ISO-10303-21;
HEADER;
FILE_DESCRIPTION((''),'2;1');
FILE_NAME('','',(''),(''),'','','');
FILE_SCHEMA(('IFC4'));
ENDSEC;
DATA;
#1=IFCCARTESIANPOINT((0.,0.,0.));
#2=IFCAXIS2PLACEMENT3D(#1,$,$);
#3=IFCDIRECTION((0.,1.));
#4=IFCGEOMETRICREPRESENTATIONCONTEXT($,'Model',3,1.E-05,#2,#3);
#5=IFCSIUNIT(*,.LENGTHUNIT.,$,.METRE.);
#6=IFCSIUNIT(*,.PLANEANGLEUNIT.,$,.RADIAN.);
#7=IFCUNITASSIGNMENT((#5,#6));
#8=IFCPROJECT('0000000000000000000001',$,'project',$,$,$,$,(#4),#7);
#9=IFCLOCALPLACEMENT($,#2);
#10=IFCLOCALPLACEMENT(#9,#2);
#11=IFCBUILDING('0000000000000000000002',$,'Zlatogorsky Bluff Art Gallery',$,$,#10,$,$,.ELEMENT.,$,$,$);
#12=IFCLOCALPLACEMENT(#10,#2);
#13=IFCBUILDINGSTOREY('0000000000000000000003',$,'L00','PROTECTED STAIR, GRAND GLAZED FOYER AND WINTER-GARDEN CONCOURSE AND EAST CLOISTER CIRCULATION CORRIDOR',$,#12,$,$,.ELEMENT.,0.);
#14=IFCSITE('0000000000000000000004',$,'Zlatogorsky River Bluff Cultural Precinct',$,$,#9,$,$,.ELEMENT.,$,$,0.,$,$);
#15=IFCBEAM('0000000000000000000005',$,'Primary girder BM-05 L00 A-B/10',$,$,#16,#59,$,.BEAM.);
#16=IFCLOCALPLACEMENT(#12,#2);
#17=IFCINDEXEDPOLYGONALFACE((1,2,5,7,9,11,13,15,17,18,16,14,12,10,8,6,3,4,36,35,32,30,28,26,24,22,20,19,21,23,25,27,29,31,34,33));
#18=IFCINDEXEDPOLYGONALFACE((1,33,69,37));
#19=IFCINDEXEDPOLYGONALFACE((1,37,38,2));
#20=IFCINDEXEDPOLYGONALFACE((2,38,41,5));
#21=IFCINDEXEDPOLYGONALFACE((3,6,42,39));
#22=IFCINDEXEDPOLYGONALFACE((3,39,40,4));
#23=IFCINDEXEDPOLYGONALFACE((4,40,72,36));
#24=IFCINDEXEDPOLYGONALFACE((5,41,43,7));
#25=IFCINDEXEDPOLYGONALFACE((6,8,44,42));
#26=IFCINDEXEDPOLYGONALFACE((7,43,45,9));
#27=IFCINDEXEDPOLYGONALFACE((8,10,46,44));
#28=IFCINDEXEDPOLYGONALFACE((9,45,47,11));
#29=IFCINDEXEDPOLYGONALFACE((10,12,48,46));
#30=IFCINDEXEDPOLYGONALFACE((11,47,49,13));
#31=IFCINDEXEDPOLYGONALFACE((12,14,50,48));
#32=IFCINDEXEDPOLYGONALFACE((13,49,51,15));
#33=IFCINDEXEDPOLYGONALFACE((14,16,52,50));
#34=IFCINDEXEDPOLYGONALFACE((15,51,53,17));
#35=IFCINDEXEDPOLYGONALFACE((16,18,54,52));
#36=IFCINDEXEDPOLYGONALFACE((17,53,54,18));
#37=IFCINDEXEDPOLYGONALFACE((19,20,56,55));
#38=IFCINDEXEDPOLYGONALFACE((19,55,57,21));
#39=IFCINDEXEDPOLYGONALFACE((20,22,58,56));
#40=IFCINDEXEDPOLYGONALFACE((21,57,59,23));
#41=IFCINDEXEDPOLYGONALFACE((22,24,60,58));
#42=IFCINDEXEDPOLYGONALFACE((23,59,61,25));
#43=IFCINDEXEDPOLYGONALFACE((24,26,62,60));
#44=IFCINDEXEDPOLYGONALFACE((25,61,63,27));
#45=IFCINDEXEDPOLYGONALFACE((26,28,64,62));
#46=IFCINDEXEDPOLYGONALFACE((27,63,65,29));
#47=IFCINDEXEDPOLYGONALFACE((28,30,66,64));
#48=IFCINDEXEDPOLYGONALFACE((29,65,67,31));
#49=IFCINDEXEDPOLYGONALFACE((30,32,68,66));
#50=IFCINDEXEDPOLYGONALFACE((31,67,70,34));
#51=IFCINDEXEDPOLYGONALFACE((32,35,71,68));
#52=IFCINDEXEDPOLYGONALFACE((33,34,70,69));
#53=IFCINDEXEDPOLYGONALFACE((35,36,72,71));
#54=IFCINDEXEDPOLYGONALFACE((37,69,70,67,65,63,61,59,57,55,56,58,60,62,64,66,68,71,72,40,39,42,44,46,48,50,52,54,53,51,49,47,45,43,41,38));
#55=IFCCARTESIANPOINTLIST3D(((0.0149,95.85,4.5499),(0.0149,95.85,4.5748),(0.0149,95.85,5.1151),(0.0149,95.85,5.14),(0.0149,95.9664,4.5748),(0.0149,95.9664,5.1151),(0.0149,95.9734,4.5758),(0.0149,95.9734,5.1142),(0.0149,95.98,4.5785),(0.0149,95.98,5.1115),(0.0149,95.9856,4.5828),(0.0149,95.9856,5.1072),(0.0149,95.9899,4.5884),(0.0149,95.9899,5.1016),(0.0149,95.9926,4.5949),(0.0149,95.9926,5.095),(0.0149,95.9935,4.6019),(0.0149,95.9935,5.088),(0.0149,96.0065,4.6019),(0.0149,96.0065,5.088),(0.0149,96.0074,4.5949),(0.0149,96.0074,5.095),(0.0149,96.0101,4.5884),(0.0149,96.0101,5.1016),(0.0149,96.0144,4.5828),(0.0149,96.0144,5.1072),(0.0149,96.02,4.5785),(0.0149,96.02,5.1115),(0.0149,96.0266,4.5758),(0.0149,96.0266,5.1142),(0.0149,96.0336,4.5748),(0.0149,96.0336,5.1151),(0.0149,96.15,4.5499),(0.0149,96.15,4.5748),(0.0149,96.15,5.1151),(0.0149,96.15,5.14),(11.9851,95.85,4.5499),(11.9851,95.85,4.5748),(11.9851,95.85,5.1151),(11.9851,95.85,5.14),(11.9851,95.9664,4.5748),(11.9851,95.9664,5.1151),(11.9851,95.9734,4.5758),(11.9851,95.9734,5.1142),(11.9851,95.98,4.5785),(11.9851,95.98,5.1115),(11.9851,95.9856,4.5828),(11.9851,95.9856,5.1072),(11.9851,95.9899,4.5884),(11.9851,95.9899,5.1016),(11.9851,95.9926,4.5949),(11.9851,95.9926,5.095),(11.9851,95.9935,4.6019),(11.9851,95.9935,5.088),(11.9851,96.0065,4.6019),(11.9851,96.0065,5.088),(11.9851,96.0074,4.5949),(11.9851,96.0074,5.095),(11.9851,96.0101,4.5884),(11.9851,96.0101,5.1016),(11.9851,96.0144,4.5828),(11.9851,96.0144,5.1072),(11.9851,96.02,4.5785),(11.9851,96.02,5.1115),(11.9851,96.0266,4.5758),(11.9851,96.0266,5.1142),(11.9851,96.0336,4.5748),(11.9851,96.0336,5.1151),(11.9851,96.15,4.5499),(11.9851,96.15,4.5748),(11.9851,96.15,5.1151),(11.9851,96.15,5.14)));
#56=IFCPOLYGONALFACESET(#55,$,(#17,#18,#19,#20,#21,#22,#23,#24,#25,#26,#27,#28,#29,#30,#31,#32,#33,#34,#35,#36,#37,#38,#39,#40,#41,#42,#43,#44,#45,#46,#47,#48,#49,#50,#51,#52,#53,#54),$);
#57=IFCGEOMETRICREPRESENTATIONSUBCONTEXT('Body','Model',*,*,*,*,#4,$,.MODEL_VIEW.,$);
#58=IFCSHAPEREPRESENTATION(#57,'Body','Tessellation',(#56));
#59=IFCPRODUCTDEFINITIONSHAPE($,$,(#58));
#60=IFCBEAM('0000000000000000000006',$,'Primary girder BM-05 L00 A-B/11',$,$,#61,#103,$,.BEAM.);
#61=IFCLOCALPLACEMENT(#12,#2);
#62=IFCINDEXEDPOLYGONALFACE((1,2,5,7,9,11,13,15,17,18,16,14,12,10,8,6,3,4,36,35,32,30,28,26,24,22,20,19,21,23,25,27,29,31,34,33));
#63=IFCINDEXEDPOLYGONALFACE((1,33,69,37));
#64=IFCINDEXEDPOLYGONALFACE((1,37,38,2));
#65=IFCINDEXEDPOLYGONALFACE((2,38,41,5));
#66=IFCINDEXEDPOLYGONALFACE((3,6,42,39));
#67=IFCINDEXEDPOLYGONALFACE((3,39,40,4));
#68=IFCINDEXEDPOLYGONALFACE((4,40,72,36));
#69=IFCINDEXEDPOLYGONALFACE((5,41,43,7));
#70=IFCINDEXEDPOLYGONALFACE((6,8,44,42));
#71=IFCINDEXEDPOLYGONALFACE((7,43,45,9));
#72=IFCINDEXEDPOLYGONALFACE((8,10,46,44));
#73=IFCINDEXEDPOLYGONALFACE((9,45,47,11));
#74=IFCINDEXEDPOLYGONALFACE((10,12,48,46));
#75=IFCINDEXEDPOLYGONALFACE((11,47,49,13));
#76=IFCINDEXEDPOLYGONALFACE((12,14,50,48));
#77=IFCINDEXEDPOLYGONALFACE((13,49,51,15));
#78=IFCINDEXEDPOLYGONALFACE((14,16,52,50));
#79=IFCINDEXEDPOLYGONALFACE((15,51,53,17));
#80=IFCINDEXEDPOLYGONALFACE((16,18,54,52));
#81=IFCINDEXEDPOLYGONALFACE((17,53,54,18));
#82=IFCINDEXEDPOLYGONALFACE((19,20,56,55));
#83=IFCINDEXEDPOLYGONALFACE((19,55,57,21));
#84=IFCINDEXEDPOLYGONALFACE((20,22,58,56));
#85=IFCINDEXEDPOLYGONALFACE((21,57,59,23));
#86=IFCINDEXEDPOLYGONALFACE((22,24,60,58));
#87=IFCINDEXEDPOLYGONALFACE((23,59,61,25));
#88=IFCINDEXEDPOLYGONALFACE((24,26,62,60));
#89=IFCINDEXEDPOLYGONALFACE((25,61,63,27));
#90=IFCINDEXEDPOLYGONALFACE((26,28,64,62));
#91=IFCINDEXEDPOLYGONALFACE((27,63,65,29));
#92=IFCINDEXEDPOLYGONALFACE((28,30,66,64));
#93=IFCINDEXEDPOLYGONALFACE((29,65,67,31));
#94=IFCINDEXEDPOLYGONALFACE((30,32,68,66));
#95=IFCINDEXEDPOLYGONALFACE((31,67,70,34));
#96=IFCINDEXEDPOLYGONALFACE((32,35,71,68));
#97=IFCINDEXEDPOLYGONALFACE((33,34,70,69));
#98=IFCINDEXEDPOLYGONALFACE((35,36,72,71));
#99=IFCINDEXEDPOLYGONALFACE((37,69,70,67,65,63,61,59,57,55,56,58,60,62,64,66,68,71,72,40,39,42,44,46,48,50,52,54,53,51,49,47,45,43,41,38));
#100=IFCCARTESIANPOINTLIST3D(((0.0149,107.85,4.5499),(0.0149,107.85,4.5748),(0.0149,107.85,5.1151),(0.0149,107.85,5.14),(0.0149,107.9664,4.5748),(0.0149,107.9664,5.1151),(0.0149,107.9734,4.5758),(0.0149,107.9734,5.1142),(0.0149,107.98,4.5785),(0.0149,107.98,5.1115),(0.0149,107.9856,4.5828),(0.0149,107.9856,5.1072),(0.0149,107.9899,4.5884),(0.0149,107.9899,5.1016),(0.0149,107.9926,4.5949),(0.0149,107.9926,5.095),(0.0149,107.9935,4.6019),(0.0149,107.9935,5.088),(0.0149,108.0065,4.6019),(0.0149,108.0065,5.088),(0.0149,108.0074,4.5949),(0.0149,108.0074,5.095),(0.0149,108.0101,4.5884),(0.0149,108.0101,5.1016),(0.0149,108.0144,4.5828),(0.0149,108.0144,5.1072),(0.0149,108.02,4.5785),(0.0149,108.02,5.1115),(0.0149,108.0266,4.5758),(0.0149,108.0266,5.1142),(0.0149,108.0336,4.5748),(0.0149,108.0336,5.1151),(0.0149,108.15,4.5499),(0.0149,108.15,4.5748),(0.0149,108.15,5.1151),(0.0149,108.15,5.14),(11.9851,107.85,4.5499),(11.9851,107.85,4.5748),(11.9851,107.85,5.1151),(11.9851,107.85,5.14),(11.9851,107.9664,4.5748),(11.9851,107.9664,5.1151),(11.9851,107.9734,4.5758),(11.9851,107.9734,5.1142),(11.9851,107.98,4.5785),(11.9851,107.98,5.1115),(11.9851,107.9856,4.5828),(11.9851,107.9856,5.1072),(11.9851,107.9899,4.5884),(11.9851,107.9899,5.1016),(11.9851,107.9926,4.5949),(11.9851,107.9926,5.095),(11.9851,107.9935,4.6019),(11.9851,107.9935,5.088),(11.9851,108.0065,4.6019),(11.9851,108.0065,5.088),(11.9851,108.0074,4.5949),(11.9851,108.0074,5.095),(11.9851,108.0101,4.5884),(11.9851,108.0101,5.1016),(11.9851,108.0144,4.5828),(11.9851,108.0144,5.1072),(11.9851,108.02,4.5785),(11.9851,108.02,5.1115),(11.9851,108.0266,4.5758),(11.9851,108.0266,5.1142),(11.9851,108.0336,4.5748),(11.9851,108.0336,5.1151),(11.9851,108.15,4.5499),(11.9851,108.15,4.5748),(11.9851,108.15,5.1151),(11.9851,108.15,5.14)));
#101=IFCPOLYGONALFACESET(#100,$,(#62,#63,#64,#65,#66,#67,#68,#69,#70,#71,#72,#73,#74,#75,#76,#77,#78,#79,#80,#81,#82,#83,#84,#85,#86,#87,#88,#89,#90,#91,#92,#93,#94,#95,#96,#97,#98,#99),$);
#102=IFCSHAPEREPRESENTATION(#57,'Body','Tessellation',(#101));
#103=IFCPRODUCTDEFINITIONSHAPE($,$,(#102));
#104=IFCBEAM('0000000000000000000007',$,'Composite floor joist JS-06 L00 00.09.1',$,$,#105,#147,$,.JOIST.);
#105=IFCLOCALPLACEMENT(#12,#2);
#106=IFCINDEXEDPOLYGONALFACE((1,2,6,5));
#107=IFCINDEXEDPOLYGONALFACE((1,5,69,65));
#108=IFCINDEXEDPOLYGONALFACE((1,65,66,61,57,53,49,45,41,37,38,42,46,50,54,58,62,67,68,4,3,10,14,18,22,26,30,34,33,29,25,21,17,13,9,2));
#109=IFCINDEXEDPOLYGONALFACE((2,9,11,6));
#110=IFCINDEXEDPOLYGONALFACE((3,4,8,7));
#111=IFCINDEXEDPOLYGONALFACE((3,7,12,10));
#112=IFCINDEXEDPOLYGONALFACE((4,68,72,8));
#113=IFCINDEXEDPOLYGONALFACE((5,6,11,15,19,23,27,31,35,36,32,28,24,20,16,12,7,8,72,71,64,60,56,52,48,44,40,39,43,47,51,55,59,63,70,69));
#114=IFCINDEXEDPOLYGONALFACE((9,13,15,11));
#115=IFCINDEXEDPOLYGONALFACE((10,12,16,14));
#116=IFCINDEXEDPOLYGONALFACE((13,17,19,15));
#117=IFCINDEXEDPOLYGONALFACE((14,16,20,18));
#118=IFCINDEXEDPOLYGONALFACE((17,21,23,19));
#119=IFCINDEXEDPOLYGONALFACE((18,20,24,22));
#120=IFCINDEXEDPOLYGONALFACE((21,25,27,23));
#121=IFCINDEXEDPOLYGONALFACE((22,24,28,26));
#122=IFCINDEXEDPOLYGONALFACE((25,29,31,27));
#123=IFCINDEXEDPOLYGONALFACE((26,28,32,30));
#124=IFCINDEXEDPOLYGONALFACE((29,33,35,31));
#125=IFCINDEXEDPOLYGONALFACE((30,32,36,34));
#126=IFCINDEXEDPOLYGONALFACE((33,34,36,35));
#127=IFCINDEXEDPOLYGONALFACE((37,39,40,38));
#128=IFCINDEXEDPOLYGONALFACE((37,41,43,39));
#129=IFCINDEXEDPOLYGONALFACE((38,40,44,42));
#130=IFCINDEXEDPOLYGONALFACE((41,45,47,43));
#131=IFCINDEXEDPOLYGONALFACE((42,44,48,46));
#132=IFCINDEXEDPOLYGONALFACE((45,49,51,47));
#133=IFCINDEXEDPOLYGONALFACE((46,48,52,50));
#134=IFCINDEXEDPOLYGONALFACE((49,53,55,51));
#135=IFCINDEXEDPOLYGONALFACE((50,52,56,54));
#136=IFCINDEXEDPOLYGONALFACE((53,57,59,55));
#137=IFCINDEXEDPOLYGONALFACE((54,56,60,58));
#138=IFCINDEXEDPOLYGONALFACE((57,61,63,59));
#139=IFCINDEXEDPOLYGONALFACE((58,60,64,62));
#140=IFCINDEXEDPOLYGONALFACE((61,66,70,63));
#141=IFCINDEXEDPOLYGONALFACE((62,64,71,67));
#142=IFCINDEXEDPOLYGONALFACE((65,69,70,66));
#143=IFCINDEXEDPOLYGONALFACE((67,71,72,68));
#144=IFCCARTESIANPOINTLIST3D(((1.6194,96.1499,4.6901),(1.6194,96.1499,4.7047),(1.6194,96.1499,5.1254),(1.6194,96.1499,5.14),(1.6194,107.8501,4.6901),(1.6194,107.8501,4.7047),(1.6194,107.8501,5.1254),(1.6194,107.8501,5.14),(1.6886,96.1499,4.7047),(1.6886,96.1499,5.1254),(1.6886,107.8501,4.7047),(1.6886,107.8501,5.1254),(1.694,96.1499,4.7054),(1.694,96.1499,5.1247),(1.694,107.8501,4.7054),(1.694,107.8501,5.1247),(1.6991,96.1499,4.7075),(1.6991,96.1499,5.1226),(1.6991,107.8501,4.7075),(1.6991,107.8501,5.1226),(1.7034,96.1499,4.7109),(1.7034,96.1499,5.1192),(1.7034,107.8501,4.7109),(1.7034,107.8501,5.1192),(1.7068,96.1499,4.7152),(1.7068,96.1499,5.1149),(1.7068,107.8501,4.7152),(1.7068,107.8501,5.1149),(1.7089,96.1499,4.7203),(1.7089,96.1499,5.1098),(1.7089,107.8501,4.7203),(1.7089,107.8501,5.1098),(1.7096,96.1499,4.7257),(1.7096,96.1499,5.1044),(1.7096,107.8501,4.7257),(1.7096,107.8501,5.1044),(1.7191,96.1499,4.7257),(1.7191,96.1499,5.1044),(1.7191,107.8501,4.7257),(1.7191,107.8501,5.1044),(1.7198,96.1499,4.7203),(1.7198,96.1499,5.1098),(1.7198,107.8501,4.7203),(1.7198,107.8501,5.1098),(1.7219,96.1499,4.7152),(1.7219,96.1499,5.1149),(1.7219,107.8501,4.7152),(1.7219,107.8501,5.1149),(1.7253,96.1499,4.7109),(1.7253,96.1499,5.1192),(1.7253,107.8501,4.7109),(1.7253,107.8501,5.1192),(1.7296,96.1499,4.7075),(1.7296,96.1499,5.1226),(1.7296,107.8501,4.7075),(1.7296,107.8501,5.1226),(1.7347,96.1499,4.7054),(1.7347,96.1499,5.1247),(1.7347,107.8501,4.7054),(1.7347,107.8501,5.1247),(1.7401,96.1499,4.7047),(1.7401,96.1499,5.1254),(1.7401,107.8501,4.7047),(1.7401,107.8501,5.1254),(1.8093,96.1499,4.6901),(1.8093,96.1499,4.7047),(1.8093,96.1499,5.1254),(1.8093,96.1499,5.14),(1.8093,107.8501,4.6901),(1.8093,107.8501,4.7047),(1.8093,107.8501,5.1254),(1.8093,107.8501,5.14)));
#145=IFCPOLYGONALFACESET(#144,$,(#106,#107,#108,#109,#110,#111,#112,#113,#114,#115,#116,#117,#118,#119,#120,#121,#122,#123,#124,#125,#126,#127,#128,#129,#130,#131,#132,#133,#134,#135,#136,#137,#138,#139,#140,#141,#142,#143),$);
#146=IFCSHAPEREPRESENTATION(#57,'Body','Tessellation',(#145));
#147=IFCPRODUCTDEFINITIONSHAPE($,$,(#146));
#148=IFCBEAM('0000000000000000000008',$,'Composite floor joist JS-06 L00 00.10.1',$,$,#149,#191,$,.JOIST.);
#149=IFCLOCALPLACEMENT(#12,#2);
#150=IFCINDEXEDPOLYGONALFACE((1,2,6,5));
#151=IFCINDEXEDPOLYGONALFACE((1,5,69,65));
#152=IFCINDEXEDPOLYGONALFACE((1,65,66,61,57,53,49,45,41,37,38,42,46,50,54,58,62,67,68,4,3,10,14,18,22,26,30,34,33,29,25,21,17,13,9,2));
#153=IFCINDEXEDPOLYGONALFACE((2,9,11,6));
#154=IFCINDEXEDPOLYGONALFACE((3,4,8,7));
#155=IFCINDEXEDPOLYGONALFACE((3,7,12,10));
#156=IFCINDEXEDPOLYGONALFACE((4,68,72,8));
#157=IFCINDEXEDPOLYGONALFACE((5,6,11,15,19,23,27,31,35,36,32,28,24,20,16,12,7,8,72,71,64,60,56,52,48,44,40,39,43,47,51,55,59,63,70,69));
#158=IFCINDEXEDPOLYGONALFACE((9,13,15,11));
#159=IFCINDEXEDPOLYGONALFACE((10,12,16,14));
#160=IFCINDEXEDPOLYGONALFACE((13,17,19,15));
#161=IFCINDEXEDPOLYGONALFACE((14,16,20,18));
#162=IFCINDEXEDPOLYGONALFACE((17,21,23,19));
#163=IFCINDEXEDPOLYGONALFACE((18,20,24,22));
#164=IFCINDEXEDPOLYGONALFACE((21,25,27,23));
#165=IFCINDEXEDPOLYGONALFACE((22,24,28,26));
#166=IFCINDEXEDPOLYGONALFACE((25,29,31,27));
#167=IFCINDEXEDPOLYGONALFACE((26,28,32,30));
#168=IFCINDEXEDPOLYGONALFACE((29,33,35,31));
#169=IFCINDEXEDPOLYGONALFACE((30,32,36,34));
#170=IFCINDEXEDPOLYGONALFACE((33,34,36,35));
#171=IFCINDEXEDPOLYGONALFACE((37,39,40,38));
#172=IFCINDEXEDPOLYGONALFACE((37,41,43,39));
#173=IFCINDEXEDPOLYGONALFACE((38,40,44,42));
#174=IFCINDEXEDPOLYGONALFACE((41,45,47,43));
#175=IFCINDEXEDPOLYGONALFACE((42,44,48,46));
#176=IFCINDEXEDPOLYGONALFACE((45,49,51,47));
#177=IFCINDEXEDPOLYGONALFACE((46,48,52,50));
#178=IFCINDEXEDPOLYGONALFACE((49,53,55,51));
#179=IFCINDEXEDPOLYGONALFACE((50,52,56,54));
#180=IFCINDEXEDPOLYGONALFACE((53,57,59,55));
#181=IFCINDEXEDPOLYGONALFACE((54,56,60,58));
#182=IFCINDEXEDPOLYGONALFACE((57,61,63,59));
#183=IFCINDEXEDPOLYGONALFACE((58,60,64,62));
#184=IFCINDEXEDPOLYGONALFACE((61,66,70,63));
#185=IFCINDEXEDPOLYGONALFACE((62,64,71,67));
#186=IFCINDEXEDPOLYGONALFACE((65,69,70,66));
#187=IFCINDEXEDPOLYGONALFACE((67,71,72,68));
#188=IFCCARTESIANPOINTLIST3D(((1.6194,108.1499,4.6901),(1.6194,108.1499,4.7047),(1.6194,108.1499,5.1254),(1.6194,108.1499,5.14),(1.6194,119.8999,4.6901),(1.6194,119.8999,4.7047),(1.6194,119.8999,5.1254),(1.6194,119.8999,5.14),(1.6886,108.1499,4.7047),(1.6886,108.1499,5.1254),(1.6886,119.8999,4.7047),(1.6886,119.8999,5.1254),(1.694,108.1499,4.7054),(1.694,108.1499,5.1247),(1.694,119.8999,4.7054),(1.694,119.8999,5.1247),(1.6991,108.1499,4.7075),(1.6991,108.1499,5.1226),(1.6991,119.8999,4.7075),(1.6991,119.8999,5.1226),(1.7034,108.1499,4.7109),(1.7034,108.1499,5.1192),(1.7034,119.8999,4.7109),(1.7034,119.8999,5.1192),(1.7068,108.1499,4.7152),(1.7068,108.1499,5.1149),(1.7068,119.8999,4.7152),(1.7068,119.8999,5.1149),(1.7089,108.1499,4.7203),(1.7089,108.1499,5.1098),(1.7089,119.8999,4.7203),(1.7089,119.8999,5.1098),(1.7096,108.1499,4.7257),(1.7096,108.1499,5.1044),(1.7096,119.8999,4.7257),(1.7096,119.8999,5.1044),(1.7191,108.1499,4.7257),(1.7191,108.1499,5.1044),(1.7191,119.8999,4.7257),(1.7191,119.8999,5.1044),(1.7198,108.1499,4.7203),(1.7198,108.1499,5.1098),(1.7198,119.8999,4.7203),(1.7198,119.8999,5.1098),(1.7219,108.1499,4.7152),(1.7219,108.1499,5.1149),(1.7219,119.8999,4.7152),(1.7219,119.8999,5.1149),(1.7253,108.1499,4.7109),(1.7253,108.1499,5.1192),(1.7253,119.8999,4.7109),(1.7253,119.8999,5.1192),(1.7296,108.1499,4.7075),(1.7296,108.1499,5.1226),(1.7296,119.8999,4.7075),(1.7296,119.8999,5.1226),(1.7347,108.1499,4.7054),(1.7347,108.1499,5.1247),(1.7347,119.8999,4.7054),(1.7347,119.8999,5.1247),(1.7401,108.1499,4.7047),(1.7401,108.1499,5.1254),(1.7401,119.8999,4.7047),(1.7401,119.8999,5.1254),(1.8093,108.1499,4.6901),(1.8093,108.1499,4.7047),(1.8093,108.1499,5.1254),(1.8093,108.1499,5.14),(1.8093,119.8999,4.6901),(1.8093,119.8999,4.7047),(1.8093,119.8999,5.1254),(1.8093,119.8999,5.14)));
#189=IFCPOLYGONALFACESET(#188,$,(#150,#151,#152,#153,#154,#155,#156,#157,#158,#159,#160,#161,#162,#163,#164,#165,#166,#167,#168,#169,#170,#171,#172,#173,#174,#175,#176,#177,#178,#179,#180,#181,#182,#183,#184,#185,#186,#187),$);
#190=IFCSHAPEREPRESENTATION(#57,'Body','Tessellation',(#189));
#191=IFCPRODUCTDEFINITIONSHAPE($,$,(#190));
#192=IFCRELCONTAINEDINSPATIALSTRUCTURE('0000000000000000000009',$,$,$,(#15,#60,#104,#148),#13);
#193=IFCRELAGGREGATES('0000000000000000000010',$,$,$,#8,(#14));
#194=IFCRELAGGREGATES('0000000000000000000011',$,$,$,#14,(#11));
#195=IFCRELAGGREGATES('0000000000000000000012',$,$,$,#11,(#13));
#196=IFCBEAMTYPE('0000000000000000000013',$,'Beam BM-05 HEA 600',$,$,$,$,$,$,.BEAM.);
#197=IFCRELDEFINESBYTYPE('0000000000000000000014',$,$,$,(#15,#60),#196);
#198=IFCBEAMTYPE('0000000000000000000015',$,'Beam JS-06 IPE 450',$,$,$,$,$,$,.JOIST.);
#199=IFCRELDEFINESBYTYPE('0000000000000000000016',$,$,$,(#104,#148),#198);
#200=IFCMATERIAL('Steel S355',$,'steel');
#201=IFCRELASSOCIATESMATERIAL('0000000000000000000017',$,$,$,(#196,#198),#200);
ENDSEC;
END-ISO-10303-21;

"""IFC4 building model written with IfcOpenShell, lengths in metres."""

from ifc_helpers import new_model, si_unit, direction, frame, origin, origin_2d, place, context, subcontext, project, spatial, i_section, extrude, material, material_profile, profile_set, type_object, element, save


model = new_model("IFC4")

# Units and contexts
model_context = context("Model", 3, precision=1e-05, world=origin(), true_north=direction((0.0, 1.0)))
body_context = subcontext(model_context, "Body", "Model", "MODEL_VIEW")
ifc_project = project(units=[si_unit("LENGTHUNIT", "METRE"), si_unit("PLANEANGLEUNIT", "RADIAN")], contexts=[model_context])

# Site, building, storey
site_placement = place(None, origin())
site = spatial("IfcSite", under=ifc_project, at=site_placement, Name="Zlatogorsky River Bluff Cultural Precinct", CompositionType="ELEMENT", RefElevation=0.0)
building_placement = place(site_placement, origin())
building = spatial("IfcBuilding", under=site, at=building_placement, Name="Zlatogorsky Bluff Art Gallery", CompositionType="ELEMENT")
storey_placement = place(building_placement, origin())
storey = spatial("IfcBuildingStorey", under=building, at=storey_placement, Name="L00", Description="PROTECTED STAIR, GRAND GLAZED FOYER AND WINTER-GARDEN CONCOURSE AND EAST CLOISTER CIRCULATION CORRIDOR", CompositionType="ELEMENT", Elevation=0.0)

# Beams
ifc_material_1 = material(Name="Steel S355", Category="steel")
ifc_material_profile_1 = material_profile(ifc_material_1, i_section(OverallWidth=0.3, OverallDepth=0.5901, WebThickness=0.0129, FlangeThickness=0.0249, FilletRadius=0.0271, at=origin_2d()), Name="HEA 600")
ifc_profile_set_1 = profile_set([ifc_material_profile_1], Name="Steel S355")
beam_type_1 = type_object("IfcBeamType", Name="Beam BM-05 HEA 600", PredefinedType="BEAM", material=ifc_profile_set_1)
for number, where, z_axis, x_axis, name in (
    (1, (0.0149, 96.0, 4.845), (1.0, 0.0, 0.0), (0.0, 1.0, 0.0), "Primary girder BM-05 L00 A-B/10"),
    (2, (0.0149, 108.0, 4.845), (1.0, 0.0, 0.0), (0.0, 1.0, 0.0), "Primary girder BM-05 L00 A-B/11"),
):
    element("IfcBeam", number, at=place(storey_placement, frame(where, z_axis=z_axis, x_axis=x_axis)), inside=storey, type_object=beam_type_1, Name=name, PredefinedType="BEAM", context=body_context, shape_type="SweptSolid", body=[
        extrude(i_section(OverallWidth=0.3, OverallDepth=0.5901, WebThickness=0.0129, FlangeThickness=0.0249, FilletRadius=0.0271, at=origin_2d()), origin(), (0.0, 0.0, 1.0), 11.9702),
    ])
ifc_material_profile_2 = material_profile(ifc_material_1, i_section(OverallWidth=0.1899, OverallDepth=0.45, WebThickness=0.0095, FlangeThickness=0.0146, FilletRadius=0.021, at=origin_2d()), Name="IPE 450")
ifc_profile_set_2 = profile_set([ifc_material_profile_2], Name="Steel S355")
beam_type_2 = type_object("IfcBeamType", Name="Beam JS-06 IPE 450", PredefinedType="JOIST", material=ifc_profile_set_2)
beam_placement = place(storey_placement, frame((1.7144, 96.1499, 4.915), z_axis=(0.0, 1.0, 0.0), x_axis=(-1.0, 0.0, 0.0)))
element("IfcBeam", 3, at=beam_placement, inside=storey, type_object=beam_type_2, Name="Composite floor joist JS-06 L00 00.09.1", PredefinedType="JOIST", context=body_context, shape_type="SweptSolid", body=[
    extrude(i_section(OverallWidth=0.1899, OverallDepth=0.45, WebThickness=0.0095, FlangeThickness=0.0146, FilletRadius=0.021, at=origin_2d()), origin(), (0.0, 0.0, 1.0), 11.7002),
])
for number, where, z_axis, x_axis, name in (
    (4, (1.7144, 108.1499, 4.915), (0.0, 1.0, 0.0), (-1.0, 0.0, 0.0), "Composite floor joist JS-06 L00 00.10.1"),
):
    element("IfcBeam", number, at=place(storey_placement, frame(where, z_axis=z_axis, x_axis=x_axis)), inside=storey, type_object=beam_type_2, Name=name, PredefinedType="JOIST", context=body_context, shape_type="SweptSolid", body=[
        extrude(i_section(OverallWidth=0.1899, OverallDepth=0.45, WebThickness=0.0095, FlangeThickness=0.0146, FilletRadius=0.021, at=origin_2d()), origin(), (0.0, 0.0, 1.0), 11.75),
    ])

save(model, "model.ifc")
